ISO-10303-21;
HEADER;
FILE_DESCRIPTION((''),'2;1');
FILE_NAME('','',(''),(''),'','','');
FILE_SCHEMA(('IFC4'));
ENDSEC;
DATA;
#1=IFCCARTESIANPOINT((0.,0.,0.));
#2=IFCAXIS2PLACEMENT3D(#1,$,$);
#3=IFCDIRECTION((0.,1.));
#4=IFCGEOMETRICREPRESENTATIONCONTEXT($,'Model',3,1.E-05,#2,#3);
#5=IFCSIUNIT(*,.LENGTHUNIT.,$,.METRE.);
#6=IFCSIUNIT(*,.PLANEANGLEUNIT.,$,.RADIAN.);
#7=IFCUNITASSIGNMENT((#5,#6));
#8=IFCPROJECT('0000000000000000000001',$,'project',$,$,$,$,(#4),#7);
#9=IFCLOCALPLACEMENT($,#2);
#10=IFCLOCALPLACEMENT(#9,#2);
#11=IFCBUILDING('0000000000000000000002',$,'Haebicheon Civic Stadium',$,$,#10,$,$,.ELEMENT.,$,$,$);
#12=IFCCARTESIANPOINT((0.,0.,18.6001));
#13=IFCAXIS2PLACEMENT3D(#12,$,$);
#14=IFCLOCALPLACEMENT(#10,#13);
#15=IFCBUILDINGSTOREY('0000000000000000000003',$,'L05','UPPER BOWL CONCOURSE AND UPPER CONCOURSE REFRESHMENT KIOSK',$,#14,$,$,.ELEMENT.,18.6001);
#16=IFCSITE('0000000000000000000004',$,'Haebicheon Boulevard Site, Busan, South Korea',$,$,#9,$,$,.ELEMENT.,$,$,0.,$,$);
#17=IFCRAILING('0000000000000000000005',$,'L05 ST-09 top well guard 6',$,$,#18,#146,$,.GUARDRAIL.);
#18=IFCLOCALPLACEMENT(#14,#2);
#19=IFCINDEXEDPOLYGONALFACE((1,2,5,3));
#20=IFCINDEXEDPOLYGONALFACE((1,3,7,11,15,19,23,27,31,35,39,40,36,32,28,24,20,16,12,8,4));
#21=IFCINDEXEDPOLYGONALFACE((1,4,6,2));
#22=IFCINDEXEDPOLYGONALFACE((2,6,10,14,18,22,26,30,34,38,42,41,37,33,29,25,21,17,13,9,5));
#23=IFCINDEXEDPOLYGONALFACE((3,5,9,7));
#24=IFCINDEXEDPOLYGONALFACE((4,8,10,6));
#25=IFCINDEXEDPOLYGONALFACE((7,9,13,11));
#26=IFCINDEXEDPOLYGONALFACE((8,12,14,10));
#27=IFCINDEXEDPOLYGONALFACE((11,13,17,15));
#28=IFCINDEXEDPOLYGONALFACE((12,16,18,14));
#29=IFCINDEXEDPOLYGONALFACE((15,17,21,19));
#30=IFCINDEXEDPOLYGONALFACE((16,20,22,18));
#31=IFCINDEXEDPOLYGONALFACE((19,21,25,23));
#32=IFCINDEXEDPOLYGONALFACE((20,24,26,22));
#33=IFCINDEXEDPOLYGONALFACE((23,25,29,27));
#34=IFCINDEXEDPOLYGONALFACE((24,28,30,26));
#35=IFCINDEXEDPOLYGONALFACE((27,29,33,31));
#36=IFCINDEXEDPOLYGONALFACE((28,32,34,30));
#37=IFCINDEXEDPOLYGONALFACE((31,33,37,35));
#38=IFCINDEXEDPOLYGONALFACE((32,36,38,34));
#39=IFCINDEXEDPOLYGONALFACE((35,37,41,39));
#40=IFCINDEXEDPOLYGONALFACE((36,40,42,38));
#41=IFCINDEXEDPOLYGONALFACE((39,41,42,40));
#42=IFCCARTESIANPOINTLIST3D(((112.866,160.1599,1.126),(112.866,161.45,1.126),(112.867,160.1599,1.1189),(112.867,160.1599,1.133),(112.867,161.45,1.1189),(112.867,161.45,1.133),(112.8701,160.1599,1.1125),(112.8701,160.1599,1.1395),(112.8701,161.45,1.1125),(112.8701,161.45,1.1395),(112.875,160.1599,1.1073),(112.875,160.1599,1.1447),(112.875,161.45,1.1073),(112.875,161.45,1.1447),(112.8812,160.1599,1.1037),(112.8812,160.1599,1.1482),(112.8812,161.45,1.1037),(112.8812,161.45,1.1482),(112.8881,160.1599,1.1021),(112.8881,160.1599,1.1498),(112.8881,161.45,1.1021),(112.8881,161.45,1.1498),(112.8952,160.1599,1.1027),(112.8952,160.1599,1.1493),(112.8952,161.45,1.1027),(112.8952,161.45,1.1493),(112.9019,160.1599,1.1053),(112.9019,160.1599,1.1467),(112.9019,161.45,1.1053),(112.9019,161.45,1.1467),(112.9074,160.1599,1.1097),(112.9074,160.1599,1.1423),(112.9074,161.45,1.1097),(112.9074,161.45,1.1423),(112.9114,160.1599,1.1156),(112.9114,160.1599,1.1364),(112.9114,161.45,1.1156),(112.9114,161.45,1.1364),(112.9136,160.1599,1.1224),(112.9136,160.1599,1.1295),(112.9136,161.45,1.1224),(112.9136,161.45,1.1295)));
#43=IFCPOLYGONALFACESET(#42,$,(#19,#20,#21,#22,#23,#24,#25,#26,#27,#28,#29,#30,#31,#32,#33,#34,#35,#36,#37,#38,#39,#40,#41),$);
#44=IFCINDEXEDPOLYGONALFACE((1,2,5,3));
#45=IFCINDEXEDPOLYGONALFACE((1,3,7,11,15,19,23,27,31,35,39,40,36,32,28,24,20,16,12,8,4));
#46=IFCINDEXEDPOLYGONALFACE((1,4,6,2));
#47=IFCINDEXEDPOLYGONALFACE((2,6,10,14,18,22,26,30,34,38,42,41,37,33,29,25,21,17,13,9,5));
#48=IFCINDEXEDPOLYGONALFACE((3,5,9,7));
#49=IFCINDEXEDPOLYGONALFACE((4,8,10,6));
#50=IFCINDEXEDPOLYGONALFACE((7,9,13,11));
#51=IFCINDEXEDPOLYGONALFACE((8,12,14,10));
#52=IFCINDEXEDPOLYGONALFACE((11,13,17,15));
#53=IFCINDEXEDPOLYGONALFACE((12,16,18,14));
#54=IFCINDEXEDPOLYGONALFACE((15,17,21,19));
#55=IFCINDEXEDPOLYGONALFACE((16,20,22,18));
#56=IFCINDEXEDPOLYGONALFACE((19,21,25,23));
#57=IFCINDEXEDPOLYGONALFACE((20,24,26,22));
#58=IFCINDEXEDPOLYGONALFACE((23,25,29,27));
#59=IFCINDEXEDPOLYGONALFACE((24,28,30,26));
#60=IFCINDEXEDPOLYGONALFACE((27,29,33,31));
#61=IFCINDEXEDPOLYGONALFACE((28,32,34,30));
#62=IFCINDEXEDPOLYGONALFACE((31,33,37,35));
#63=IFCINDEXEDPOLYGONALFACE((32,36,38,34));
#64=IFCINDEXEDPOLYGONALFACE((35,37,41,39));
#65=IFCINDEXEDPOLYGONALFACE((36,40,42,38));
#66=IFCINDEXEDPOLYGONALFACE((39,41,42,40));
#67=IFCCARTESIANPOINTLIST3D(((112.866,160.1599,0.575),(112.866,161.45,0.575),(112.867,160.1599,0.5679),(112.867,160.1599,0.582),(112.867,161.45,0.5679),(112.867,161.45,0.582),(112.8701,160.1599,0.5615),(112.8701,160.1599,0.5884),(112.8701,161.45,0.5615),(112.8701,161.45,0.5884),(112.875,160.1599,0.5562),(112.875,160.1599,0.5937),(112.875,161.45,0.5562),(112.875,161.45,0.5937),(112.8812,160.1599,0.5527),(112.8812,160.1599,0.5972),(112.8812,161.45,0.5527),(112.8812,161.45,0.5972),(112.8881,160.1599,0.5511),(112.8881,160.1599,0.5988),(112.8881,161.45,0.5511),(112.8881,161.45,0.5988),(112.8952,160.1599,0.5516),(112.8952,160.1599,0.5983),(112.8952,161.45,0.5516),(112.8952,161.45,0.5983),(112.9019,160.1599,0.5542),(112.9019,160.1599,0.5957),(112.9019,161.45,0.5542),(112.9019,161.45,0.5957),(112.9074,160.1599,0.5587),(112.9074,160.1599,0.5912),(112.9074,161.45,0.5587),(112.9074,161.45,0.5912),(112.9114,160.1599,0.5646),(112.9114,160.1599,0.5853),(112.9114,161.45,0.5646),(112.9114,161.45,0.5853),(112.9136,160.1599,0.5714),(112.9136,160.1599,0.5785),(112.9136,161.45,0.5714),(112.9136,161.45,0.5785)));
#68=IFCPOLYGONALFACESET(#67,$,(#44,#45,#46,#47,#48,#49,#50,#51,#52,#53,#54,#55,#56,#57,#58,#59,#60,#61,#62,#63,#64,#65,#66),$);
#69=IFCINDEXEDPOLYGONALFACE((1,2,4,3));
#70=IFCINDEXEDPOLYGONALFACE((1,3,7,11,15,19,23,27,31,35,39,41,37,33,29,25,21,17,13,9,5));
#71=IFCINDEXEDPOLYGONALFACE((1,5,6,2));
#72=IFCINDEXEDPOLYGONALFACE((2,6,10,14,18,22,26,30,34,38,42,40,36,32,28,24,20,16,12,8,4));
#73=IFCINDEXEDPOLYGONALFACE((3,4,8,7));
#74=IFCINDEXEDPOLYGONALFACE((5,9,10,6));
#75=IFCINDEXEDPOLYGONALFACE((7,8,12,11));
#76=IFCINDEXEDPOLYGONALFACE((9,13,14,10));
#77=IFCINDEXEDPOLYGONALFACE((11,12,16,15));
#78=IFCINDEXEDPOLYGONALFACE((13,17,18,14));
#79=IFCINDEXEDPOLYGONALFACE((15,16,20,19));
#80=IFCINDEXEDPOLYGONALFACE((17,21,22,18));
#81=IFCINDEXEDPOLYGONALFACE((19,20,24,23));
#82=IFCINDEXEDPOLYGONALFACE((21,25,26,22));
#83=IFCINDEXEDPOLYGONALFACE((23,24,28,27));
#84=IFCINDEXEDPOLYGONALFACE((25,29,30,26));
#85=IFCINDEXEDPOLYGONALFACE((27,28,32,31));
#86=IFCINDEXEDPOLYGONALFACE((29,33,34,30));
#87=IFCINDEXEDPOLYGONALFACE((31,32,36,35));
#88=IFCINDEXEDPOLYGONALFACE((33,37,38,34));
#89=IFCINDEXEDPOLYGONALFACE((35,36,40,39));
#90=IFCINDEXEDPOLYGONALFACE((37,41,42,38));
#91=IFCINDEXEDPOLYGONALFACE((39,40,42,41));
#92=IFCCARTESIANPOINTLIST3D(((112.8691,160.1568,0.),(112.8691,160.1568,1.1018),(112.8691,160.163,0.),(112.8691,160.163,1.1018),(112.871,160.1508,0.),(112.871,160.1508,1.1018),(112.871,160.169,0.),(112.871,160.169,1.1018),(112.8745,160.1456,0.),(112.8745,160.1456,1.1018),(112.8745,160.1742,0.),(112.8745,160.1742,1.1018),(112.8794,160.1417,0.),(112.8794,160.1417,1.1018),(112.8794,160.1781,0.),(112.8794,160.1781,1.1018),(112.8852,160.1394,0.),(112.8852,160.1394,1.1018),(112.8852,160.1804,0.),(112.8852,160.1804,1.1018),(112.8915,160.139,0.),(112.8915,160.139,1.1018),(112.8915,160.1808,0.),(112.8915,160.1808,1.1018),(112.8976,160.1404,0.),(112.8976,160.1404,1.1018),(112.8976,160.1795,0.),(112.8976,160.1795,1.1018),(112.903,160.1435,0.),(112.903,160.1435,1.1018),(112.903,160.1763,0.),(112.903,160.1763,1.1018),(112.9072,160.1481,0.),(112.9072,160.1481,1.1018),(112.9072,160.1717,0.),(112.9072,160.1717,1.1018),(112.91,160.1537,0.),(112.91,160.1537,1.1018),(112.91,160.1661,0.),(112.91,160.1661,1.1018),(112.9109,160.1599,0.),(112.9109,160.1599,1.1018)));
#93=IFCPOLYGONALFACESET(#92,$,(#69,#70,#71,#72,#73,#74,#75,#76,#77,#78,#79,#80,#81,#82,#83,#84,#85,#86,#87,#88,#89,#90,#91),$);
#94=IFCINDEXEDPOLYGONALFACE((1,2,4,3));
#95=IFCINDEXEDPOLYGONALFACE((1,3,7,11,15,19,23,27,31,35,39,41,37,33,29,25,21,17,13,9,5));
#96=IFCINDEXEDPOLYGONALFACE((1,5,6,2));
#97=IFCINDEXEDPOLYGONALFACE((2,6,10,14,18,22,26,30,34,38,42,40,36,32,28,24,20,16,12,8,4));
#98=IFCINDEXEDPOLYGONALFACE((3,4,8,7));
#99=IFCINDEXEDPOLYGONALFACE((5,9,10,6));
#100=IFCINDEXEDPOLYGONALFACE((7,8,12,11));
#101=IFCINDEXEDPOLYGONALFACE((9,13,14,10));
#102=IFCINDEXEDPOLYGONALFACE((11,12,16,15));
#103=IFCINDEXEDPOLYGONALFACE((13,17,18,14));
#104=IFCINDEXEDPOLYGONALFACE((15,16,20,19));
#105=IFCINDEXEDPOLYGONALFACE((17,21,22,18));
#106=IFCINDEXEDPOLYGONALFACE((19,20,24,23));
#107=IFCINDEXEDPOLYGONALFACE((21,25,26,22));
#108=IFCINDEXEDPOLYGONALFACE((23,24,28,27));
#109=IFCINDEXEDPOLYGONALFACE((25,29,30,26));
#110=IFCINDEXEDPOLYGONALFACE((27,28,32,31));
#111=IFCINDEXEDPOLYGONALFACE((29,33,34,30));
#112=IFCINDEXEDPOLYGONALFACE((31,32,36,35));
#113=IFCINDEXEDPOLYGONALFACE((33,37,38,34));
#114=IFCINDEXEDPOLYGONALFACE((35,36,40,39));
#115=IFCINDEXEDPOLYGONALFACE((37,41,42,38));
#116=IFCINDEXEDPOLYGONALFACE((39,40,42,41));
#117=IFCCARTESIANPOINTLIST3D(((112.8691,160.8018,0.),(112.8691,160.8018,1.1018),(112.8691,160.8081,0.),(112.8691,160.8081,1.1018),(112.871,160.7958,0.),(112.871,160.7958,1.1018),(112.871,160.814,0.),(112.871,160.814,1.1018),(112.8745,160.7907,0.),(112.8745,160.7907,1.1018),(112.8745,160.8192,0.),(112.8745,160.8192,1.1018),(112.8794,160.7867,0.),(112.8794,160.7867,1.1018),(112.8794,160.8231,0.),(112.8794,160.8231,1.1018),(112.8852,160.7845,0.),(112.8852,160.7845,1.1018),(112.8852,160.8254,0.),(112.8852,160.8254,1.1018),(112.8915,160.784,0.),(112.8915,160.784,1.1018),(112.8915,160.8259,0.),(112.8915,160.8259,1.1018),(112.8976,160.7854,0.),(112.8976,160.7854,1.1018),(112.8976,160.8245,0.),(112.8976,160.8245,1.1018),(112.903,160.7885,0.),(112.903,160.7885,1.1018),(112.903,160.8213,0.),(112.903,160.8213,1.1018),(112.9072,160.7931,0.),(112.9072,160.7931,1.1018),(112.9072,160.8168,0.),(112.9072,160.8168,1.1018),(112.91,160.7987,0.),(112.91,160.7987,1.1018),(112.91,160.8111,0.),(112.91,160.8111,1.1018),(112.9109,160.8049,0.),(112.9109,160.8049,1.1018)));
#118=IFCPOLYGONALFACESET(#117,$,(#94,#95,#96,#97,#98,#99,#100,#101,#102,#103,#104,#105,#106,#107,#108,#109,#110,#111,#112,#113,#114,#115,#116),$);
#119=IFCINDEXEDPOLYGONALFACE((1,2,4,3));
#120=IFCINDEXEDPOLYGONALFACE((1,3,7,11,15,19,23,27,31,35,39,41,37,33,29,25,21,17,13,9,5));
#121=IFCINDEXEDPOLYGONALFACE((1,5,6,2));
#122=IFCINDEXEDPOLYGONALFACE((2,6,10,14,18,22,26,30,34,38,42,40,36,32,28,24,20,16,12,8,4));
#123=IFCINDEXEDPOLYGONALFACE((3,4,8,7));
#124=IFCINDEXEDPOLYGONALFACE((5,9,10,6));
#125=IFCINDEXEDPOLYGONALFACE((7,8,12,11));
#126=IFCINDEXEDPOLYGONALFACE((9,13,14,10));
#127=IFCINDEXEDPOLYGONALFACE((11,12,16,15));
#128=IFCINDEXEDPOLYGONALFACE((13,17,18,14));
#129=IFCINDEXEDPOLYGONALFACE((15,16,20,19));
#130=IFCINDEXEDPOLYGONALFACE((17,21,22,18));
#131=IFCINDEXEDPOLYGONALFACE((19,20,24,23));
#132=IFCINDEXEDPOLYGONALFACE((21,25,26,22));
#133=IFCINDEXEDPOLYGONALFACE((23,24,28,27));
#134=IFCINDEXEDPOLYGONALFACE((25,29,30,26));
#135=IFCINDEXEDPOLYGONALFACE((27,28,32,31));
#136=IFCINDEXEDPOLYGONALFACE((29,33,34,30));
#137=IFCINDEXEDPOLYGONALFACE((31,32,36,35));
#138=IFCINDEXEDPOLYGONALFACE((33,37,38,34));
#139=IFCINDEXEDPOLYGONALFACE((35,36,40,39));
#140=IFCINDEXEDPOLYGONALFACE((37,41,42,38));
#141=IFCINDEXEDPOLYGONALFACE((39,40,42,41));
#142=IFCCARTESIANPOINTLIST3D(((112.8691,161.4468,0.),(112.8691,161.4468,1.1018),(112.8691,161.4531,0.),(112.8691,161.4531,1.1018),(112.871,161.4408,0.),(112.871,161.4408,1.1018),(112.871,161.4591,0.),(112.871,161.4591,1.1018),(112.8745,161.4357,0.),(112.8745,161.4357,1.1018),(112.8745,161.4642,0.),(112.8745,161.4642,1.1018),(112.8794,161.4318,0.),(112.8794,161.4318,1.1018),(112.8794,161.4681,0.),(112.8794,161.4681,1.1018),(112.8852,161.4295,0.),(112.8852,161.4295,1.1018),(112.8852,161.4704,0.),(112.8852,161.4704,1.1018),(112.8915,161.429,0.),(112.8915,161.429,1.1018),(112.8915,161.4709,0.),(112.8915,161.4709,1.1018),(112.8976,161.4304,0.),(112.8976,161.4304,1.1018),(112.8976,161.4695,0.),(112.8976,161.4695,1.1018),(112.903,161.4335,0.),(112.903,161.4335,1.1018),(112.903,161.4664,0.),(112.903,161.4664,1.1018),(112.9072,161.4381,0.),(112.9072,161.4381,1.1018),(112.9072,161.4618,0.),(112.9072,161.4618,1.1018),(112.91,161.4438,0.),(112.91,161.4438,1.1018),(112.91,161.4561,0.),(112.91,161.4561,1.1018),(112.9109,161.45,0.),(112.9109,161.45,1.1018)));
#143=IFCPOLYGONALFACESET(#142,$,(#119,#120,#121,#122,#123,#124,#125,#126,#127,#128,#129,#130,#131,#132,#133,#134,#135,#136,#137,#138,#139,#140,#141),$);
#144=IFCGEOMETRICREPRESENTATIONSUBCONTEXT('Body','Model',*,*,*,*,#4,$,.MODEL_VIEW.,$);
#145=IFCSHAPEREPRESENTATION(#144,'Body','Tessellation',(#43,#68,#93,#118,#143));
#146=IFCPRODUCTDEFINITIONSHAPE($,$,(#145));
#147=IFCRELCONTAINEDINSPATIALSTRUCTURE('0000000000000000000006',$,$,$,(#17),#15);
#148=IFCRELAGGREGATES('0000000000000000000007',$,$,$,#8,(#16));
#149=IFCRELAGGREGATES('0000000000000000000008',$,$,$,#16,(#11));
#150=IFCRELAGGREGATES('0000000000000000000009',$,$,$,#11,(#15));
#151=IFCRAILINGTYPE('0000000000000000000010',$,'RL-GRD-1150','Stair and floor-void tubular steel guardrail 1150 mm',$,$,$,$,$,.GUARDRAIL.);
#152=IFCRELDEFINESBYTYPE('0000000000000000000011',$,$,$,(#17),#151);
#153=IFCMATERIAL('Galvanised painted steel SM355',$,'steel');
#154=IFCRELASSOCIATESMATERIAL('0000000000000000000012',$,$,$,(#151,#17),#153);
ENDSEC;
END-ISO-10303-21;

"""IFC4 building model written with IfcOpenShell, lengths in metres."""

from ifc_helpers import new_model, si_unit, direction, frame, origin, origin_2d, place, context, subcontext, project, spatial, circle, extrude, material, type_object, element, save


model = new_model("IFC4")

# Units and contexts
model_context = context("Model", 3, precision=1e-05, world=origin(), true_north=direction((0.0, 1.0)))
body_context = subcontext(model_context, "Body", "Model", "MODEL_VIEW")
ifc_project = project(units=[si_unit("LENGTHUNIT", "METRE"), si_unit("PLANEANGLEUNIT", "RADIAN")], contexts=[model_context])

# Site, building, storey
site_placement = place(None, origin())
site = spatial("IfcSite", under=ifc_project, at=site_placement, Name="Haebicheon Boulevard Site, Busan, South Korea", CompositionType="ELEMENT", RefElevation=0.0)
building_placement = place(site_placement, origin())
building = spatial("IfcBuilding", under=site, at=building_placement, Name="Haebicheon Civic Stadium", CompositionType="ELEMENT")
storey_placement = place(building_placement, frame((0.0, 0.0, 18.6001)))
storey = spatial("IfcBuildingStorey", under=building, at=storey_placement, Name="L05", Description="UPPER BOWL CONCOURSE AND UPPER CONCOURSE REFRESHMENT KIOSK", CompositionType="ELEMENT", Elevation=18.6001)

# Railing
ifc_material_1 = material(Name="Galvanised painted steel SM355", Category="steel")
railing_type = type_object("IfcRailingType", Name="RL-GRD-1150", Description="Stair and floor-void tubular steel guardrail 1150 mm", PredefinedType="GUARDRAIL", material=ifc_material_1)
for number, where, name in (
    (1, (112.8899, 160.1599, 0.0), "L05 ST-09 top well guard 6"),
):
    element("IfcRailing", number, at=place(storey_placement, frame(where)), inside=storey, type_object=railing_type, material=ifc_material_1, Name=name, PredefinedType="GUARDRAIL", context=body_context, shape_type="SweptSolid", body=[
        extrude(circle(Radius=0.0239, at=origin_2d()), frame((0.0, 0.0, 1.126), z_axis=(0.0, 1.0, 0.0), x_axis=(-1.0, 0.0, 0.0)), (0.0, 0.0, 1.0), 1.29),
        extrude(circle(Radius=0.0239, at=origin_2d()), frame((0.0, 0.0, 0.575), z_axis=(0.0, 1.0, 0.0), x_axis=(-1.0, 0.0, 0.0)), (0.0, 0.0, 1.0), 1.29),
        extrude(circle(Radius=0.021, at=origin_2d()), origin(), (0.0, 0.0, 1.0), 1.1018),
        extrude(circle(Radius=0.021, at=origin_2d()), frame((0.0, 0.645, 0.0)), (0.0, 0.0, 1.0), 1.1018),
        extrude(circle(Radius=0.021, at=origin_2d()), frame((0.0, 1.29, 0.0)), (0.0, 0.0, 1.0), 1.1018),
    ])

save(model, "model.ifc")
